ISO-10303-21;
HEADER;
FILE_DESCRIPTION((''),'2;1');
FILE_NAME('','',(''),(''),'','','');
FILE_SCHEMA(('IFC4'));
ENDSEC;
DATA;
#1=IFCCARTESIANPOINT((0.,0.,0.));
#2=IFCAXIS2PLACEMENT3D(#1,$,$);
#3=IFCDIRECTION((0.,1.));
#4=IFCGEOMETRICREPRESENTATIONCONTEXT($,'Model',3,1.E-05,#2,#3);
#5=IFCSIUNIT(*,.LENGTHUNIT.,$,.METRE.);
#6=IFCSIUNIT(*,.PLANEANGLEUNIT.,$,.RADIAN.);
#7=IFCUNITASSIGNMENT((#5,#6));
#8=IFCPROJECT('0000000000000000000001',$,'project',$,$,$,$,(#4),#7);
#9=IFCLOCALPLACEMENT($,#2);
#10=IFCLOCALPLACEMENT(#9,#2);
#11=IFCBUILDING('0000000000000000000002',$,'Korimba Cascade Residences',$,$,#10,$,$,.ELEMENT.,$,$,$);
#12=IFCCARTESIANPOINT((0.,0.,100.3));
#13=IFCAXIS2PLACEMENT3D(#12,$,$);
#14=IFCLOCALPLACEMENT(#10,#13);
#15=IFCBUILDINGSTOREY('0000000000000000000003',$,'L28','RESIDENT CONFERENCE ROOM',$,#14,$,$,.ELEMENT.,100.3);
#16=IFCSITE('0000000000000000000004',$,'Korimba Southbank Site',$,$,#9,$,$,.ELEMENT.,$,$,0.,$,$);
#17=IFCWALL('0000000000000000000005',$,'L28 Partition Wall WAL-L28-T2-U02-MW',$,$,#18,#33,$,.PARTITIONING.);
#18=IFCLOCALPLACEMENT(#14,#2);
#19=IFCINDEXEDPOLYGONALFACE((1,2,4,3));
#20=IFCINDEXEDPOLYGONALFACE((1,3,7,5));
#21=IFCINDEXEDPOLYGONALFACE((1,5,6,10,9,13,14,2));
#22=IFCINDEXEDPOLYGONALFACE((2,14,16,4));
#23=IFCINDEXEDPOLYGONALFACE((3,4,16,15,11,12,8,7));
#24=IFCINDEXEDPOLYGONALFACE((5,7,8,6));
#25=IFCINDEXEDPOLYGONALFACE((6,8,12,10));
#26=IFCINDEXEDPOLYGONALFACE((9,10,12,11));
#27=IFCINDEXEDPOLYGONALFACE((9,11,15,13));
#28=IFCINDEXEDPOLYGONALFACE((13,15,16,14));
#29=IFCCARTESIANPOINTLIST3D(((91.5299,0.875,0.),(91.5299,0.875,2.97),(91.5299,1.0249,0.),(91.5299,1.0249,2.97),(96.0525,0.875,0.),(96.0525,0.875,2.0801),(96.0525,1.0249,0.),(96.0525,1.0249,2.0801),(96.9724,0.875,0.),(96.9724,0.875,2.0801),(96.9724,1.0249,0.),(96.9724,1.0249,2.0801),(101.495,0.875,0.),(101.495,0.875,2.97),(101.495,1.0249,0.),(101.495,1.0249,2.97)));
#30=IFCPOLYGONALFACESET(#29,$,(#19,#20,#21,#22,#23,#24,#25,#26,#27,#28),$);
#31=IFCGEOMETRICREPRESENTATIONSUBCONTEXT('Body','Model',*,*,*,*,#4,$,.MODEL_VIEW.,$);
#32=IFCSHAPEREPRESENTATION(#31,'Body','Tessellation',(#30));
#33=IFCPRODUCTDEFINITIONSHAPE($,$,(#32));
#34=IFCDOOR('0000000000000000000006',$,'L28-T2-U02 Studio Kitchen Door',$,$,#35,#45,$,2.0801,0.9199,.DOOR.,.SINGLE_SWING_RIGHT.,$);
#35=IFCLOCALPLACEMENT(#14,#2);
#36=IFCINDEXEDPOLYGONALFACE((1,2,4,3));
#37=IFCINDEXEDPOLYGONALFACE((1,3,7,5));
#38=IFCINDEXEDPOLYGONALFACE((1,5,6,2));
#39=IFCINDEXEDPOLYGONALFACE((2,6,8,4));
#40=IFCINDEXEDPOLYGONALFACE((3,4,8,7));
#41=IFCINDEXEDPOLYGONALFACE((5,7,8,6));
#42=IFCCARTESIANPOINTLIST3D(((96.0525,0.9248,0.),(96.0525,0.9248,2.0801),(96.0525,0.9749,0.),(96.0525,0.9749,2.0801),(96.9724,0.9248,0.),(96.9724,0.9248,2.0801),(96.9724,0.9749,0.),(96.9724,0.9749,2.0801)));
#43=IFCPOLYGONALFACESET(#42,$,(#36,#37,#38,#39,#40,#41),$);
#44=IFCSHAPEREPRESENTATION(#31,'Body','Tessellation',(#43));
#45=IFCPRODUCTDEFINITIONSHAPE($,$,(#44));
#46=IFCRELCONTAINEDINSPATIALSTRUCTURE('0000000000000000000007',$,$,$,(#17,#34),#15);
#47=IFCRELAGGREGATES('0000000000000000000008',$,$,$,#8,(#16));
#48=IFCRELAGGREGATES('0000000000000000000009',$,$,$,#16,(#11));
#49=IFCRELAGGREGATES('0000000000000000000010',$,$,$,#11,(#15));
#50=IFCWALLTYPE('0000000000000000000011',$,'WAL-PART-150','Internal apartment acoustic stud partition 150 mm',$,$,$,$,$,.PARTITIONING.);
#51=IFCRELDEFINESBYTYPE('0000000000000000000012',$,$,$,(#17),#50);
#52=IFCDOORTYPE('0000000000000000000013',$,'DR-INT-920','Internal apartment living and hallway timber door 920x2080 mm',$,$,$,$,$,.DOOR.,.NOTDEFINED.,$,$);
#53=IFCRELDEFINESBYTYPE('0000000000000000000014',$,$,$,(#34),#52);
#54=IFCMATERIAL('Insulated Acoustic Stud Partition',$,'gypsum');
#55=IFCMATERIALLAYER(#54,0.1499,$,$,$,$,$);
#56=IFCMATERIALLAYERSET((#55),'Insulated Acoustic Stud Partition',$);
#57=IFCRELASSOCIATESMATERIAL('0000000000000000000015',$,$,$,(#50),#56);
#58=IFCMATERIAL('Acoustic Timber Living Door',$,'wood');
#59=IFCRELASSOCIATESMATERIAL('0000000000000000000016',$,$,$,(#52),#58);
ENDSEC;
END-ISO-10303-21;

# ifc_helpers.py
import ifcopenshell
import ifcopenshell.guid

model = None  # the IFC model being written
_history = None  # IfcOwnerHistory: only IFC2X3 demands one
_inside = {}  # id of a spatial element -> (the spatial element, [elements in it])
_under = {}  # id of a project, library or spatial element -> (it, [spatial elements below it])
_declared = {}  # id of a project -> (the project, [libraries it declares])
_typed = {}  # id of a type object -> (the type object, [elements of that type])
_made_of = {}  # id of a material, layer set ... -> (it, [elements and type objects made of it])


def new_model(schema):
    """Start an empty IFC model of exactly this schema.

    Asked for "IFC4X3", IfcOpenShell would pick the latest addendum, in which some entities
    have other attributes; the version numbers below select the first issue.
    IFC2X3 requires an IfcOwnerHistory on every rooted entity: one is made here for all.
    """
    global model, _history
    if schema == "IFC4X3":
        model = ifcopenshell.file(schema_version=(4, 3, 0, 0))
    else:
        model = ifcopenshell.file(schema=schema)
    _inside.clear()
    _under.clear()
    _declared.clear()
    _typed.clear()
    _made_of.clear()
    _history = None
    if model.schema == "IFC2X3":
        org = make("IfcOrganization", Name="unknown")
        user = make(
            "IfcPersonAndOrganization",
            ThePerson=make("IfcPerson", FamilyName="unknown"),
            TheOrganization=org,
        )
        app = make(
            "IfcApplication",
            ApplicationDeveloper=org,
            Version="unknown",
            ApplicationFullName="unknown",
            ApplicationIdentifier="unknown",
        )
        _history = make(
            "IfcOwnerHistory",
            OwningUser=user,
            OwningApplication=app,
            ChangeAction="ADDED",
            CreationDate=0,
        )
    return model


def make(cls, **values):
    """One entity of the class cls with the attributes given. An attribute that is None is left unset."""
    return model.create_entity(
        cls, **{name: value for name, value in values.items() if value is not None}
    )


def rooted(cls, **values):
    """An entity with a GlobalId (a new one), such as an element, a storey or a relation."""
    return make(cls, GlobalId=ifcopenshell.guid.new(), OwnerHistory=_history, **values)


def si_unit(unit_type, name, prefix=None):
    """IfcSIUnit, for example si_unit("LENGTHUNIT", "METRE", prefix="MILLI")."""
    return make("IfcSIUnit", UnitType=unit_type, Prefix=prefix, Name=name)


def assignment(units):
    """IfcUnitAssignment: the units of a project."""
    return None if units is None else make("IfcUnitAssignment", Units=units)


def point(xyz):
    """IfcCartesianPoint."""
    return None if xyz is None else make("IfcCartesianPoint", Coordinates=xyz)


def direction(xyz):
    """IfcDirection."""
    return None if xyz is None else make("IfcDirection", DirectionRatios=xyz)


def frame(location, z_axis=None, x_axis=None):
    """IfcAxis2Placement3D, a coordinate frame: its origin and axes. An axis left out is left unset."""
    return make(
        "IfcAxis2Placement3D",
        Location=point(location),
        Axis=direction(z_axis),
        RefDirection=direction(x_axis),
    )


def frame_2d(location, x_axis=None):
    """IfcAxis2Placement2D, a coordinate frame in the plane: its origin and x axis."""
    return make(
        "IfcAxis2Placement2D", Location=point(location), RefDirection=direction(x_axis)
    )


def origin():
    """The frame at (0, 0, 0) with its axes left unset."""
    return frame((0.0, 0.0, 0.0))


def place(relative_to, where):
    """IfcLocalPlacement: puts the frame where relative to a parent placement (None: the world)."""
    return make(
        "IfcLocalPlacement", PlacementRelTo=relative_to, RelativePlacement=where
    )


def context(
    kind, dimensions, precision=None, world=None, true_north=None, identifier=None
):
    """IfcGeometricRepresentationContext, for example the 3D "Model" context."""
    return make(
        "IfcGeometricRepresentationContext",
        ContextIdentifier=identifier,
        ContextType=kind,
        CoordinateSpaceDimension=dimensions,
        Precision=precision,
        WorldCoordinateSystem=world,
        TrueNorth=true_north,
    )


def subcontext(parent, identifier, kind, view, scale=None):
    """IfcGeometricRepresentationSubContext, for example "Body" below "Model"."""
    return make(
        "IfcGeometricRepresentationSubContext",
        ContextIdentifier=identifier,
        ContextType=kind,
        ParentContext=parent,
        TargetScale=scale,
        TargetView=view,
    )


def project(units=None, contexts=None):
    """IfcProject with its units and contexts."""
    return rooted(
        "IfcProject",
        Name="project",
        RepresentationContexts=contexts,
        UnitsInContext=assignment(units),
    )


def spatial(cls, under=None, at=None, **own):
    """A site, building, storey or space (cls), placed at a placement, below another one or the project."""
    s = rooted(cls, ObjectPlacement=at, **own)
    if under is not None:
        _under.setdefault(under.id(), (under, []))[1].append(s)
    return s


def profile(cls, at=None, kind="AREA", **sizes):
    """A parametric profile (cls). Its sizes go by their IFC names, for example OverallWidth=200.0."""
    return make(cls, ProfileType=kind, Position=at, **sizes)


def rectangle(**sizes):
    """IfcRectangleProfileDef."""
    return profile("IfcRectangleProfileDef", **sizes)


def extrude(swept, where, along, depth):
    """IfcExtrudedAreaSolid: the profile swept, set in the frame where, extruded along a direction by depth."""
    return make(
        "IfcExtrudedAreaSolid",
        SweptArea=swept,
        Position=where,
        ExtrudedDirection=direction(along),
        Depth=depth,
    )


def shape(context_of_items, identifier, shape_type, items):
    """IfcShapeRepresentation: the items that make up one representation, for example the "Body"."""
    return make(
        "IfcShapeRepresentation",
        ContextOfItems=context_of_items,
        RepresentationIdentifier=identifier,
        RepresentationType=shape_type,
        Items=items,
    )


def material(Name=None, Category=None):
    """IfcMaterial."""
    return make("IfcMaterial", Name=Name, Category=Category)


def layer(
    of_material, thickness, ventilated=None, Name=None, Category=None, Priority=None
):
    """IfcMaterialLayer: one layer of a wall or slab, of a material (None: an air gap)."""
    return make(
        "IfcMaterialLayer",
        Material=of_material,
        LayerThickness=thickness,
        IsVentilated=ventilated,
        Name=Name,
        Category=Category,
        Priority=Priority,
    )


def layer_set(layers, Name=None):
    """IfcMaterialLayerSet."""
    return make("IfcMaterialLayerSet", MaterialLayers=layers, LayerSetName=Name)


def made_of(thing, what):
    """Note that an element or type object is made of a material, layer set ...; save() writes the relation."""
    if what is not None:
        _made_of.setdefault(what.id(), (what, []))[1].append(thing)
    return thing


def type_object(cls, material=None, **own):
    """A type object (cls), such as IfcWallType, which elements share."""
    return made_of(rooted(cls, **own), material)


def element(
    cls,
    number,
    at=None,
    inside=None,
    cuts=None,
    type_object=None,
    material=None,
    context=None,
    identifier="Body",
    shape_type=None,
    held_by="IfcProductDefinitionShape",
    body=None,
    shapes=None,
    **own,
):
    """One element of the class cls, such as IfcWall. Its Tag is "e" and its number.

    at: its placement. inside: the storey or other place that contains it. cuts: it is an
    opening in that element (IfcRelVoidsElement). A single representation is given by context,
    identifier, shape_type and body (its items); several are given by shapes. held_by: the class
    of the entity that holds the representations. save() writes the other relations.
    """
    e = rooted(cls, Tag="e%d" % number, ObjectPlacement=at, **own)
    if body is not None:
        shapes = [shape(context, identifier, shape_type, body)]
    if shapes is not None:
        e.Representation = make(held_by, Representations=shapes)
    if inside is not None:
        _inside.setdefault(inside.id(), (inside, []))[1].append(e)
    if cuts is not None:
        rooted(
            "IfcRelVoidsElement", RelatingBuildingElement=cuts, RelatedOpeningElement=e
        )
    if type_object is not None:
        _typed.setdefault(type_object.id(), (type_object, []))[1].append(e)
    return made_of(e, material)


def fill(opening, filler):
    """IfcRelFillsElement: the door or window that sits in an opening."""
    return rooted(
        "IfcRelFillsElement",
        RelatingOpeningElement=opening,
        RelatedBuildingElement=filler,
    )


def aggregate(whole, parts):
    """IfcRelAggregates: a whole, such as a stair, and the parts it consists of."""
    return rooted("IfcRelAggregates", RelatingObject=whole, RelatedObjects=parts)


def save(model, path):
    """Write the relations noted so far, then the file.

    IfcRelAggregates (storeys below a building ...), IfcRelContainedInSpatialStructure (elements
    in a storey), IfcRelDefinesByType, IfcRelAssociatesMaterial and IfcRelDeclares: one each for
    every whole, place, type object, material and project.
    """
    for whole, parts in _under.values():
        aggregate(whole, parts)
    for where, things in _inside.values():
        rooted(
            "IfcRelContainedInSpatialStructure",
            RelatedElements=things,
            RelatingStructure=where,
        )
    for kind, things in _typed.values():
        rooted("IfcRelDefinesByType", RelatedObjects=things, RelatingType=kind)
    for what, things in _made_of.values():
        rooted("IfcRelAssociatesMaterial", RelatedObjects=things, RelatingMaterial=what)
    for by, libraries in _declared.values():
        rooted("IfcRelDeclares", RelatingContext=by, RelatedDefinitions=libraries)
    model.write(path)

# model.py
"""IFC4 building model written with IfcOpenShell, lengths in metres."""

from ifc_helpers import new_model, si_unit, direction, frame, frame_2d, origin, place, context, subcontext, project, spatial, rectangle, extrude, material, layer, layer_set, type_object, element, fill, save


model = new_model("IFC4")

# Units and contexts
model_context = context("Model", 3, precision=1e-05, world=origin(), true_north=direction((0.0, 1.0)))
body_context = subcontext(model_context, "Body", "Model", "MODEL_VIEW")
ifc_project = project(units=[si_unit("LENGTHUNIT", "METRE"), si_unit("PLANEANGLEUNIT", "RADIAN")], contexts=[model_context])

# Site, building, storey
site_placement = place(None, origin())
site = spatial("IfcSite", under=ifc_project, at=site_placement, Name="Korimba Southbank Site", CompositionType="ELEMENT", RefElevation=0.0)
building_placement = place(site_placement, origin())
building = spatial("IfcBuilding", under=site, at=building_placement, Name="Korimba Cascade Residences", CompositionType="ELEMENT")
storey_placement = place(building_placement, frame((0.0, 0.0, 100.3)))
storey = spatial("IfcBuildingStorey", under=building, at=storey_placement, Name="L28", Description="RESIDENT CONFERENCE ROOM", CompositionType="ELEMENT", Elevation=100.3)

# Shared definitions
ifc_material_1 = material(Name="Insulated Acoustic Stud Partition", Category="gypsum")
ifc_layer = layer(ifc_material_1, 0.1499)
ifc_layer_set = layer_set([ifc_layer], Name="Insulated Acoustic Stud Partition")
wall_type = type_object("IfcWallType", Name="WAL-PART-150", Description="Internal apartment acoustic stud partition 150 mm", PredefinedType="PARTITIONING", material=ifc_layer_set)

# Wall, opening, door
wall_1_placement = place(storey_placement, frame((91.53, 0.95, 0.0), z_axis=(0.0, 0.0, 1.0), x_axis=(1.0, 0.0, 0.0)))
wall_1 = element("IfcWall", 1, at=wall_1_placement, inside=storey, type_object=wall_type, Name="L28 Partition Wall WAL-L28-T2-U02-MW", PredefinedType="PARTITIONING", context=body_context, shape_type="SweptSolid", body=[
    extrude(rectangle(XDim=9.9651, YDim=0.1499, at=frame_2d((4.9824, 0.0))), origin(), (0.0, 0.0, 1.0), 2.97),
])
opening_1_placement = place(wall_1_placement, frame((4.5225, 0.0, 0.0)))
opening_1 = element("IfcOpeningElement", 2, at=opening_1_placement, cuts=wall_1, PredefinedType="OPENING", context=body_context, shape_type="SweptSolid", body=[
    extrude(rectangle(XDim=0.9199, YDim=2.0801, at=frame_2d((0.46, 1.04))), frame((0.0, 0.085, 0.0), z_axis=(0.0, -1.0, 0.0), x_axis=(1.0, 0.0, 0.0)), (0.0, 0.0, 1.0), 0.1699),
])
ifc_material_2 = material(Name="Acoustic Timber Living Door", Category="wood")
door_type_1 = type_object("IfcDoorType", Name="DR-INT-920", Description="Internal apartment living and hallway timber door 920x2080 mm", OperationType="NOTDEFINED", PredefinedType="DOOR", material=ifc_material_2)
door_1_placement = place(opening_1_placement, origin())
door_1 = element("IfcDoor", 3, at=door_1_placement, inside=storey, type_object=door_type_1, Name="L28-T2-U02 Studio Kitchen Door", OperationType="SINGLE_SWING_RIGHT", OverallHeight=2.0801, OverallWidth=0.9199, PredefinedType="DOOR", context=body_context, shape_type="SweptSolid", body=[
    extrude(rectangle(XDim=0.9199, YDim=2.0801, at=frame_2d((0.46, 1.04))), frame((0.0, 0.0249, 0.0), z_axis=(0.0, -1.0, 0.0), x_axis=(1.0, 0.0, 0.0)), (0.0, 0.0, 1.0), 0.05),
])
fill(opening_1, door_1)

save(model, "model.ifc")
